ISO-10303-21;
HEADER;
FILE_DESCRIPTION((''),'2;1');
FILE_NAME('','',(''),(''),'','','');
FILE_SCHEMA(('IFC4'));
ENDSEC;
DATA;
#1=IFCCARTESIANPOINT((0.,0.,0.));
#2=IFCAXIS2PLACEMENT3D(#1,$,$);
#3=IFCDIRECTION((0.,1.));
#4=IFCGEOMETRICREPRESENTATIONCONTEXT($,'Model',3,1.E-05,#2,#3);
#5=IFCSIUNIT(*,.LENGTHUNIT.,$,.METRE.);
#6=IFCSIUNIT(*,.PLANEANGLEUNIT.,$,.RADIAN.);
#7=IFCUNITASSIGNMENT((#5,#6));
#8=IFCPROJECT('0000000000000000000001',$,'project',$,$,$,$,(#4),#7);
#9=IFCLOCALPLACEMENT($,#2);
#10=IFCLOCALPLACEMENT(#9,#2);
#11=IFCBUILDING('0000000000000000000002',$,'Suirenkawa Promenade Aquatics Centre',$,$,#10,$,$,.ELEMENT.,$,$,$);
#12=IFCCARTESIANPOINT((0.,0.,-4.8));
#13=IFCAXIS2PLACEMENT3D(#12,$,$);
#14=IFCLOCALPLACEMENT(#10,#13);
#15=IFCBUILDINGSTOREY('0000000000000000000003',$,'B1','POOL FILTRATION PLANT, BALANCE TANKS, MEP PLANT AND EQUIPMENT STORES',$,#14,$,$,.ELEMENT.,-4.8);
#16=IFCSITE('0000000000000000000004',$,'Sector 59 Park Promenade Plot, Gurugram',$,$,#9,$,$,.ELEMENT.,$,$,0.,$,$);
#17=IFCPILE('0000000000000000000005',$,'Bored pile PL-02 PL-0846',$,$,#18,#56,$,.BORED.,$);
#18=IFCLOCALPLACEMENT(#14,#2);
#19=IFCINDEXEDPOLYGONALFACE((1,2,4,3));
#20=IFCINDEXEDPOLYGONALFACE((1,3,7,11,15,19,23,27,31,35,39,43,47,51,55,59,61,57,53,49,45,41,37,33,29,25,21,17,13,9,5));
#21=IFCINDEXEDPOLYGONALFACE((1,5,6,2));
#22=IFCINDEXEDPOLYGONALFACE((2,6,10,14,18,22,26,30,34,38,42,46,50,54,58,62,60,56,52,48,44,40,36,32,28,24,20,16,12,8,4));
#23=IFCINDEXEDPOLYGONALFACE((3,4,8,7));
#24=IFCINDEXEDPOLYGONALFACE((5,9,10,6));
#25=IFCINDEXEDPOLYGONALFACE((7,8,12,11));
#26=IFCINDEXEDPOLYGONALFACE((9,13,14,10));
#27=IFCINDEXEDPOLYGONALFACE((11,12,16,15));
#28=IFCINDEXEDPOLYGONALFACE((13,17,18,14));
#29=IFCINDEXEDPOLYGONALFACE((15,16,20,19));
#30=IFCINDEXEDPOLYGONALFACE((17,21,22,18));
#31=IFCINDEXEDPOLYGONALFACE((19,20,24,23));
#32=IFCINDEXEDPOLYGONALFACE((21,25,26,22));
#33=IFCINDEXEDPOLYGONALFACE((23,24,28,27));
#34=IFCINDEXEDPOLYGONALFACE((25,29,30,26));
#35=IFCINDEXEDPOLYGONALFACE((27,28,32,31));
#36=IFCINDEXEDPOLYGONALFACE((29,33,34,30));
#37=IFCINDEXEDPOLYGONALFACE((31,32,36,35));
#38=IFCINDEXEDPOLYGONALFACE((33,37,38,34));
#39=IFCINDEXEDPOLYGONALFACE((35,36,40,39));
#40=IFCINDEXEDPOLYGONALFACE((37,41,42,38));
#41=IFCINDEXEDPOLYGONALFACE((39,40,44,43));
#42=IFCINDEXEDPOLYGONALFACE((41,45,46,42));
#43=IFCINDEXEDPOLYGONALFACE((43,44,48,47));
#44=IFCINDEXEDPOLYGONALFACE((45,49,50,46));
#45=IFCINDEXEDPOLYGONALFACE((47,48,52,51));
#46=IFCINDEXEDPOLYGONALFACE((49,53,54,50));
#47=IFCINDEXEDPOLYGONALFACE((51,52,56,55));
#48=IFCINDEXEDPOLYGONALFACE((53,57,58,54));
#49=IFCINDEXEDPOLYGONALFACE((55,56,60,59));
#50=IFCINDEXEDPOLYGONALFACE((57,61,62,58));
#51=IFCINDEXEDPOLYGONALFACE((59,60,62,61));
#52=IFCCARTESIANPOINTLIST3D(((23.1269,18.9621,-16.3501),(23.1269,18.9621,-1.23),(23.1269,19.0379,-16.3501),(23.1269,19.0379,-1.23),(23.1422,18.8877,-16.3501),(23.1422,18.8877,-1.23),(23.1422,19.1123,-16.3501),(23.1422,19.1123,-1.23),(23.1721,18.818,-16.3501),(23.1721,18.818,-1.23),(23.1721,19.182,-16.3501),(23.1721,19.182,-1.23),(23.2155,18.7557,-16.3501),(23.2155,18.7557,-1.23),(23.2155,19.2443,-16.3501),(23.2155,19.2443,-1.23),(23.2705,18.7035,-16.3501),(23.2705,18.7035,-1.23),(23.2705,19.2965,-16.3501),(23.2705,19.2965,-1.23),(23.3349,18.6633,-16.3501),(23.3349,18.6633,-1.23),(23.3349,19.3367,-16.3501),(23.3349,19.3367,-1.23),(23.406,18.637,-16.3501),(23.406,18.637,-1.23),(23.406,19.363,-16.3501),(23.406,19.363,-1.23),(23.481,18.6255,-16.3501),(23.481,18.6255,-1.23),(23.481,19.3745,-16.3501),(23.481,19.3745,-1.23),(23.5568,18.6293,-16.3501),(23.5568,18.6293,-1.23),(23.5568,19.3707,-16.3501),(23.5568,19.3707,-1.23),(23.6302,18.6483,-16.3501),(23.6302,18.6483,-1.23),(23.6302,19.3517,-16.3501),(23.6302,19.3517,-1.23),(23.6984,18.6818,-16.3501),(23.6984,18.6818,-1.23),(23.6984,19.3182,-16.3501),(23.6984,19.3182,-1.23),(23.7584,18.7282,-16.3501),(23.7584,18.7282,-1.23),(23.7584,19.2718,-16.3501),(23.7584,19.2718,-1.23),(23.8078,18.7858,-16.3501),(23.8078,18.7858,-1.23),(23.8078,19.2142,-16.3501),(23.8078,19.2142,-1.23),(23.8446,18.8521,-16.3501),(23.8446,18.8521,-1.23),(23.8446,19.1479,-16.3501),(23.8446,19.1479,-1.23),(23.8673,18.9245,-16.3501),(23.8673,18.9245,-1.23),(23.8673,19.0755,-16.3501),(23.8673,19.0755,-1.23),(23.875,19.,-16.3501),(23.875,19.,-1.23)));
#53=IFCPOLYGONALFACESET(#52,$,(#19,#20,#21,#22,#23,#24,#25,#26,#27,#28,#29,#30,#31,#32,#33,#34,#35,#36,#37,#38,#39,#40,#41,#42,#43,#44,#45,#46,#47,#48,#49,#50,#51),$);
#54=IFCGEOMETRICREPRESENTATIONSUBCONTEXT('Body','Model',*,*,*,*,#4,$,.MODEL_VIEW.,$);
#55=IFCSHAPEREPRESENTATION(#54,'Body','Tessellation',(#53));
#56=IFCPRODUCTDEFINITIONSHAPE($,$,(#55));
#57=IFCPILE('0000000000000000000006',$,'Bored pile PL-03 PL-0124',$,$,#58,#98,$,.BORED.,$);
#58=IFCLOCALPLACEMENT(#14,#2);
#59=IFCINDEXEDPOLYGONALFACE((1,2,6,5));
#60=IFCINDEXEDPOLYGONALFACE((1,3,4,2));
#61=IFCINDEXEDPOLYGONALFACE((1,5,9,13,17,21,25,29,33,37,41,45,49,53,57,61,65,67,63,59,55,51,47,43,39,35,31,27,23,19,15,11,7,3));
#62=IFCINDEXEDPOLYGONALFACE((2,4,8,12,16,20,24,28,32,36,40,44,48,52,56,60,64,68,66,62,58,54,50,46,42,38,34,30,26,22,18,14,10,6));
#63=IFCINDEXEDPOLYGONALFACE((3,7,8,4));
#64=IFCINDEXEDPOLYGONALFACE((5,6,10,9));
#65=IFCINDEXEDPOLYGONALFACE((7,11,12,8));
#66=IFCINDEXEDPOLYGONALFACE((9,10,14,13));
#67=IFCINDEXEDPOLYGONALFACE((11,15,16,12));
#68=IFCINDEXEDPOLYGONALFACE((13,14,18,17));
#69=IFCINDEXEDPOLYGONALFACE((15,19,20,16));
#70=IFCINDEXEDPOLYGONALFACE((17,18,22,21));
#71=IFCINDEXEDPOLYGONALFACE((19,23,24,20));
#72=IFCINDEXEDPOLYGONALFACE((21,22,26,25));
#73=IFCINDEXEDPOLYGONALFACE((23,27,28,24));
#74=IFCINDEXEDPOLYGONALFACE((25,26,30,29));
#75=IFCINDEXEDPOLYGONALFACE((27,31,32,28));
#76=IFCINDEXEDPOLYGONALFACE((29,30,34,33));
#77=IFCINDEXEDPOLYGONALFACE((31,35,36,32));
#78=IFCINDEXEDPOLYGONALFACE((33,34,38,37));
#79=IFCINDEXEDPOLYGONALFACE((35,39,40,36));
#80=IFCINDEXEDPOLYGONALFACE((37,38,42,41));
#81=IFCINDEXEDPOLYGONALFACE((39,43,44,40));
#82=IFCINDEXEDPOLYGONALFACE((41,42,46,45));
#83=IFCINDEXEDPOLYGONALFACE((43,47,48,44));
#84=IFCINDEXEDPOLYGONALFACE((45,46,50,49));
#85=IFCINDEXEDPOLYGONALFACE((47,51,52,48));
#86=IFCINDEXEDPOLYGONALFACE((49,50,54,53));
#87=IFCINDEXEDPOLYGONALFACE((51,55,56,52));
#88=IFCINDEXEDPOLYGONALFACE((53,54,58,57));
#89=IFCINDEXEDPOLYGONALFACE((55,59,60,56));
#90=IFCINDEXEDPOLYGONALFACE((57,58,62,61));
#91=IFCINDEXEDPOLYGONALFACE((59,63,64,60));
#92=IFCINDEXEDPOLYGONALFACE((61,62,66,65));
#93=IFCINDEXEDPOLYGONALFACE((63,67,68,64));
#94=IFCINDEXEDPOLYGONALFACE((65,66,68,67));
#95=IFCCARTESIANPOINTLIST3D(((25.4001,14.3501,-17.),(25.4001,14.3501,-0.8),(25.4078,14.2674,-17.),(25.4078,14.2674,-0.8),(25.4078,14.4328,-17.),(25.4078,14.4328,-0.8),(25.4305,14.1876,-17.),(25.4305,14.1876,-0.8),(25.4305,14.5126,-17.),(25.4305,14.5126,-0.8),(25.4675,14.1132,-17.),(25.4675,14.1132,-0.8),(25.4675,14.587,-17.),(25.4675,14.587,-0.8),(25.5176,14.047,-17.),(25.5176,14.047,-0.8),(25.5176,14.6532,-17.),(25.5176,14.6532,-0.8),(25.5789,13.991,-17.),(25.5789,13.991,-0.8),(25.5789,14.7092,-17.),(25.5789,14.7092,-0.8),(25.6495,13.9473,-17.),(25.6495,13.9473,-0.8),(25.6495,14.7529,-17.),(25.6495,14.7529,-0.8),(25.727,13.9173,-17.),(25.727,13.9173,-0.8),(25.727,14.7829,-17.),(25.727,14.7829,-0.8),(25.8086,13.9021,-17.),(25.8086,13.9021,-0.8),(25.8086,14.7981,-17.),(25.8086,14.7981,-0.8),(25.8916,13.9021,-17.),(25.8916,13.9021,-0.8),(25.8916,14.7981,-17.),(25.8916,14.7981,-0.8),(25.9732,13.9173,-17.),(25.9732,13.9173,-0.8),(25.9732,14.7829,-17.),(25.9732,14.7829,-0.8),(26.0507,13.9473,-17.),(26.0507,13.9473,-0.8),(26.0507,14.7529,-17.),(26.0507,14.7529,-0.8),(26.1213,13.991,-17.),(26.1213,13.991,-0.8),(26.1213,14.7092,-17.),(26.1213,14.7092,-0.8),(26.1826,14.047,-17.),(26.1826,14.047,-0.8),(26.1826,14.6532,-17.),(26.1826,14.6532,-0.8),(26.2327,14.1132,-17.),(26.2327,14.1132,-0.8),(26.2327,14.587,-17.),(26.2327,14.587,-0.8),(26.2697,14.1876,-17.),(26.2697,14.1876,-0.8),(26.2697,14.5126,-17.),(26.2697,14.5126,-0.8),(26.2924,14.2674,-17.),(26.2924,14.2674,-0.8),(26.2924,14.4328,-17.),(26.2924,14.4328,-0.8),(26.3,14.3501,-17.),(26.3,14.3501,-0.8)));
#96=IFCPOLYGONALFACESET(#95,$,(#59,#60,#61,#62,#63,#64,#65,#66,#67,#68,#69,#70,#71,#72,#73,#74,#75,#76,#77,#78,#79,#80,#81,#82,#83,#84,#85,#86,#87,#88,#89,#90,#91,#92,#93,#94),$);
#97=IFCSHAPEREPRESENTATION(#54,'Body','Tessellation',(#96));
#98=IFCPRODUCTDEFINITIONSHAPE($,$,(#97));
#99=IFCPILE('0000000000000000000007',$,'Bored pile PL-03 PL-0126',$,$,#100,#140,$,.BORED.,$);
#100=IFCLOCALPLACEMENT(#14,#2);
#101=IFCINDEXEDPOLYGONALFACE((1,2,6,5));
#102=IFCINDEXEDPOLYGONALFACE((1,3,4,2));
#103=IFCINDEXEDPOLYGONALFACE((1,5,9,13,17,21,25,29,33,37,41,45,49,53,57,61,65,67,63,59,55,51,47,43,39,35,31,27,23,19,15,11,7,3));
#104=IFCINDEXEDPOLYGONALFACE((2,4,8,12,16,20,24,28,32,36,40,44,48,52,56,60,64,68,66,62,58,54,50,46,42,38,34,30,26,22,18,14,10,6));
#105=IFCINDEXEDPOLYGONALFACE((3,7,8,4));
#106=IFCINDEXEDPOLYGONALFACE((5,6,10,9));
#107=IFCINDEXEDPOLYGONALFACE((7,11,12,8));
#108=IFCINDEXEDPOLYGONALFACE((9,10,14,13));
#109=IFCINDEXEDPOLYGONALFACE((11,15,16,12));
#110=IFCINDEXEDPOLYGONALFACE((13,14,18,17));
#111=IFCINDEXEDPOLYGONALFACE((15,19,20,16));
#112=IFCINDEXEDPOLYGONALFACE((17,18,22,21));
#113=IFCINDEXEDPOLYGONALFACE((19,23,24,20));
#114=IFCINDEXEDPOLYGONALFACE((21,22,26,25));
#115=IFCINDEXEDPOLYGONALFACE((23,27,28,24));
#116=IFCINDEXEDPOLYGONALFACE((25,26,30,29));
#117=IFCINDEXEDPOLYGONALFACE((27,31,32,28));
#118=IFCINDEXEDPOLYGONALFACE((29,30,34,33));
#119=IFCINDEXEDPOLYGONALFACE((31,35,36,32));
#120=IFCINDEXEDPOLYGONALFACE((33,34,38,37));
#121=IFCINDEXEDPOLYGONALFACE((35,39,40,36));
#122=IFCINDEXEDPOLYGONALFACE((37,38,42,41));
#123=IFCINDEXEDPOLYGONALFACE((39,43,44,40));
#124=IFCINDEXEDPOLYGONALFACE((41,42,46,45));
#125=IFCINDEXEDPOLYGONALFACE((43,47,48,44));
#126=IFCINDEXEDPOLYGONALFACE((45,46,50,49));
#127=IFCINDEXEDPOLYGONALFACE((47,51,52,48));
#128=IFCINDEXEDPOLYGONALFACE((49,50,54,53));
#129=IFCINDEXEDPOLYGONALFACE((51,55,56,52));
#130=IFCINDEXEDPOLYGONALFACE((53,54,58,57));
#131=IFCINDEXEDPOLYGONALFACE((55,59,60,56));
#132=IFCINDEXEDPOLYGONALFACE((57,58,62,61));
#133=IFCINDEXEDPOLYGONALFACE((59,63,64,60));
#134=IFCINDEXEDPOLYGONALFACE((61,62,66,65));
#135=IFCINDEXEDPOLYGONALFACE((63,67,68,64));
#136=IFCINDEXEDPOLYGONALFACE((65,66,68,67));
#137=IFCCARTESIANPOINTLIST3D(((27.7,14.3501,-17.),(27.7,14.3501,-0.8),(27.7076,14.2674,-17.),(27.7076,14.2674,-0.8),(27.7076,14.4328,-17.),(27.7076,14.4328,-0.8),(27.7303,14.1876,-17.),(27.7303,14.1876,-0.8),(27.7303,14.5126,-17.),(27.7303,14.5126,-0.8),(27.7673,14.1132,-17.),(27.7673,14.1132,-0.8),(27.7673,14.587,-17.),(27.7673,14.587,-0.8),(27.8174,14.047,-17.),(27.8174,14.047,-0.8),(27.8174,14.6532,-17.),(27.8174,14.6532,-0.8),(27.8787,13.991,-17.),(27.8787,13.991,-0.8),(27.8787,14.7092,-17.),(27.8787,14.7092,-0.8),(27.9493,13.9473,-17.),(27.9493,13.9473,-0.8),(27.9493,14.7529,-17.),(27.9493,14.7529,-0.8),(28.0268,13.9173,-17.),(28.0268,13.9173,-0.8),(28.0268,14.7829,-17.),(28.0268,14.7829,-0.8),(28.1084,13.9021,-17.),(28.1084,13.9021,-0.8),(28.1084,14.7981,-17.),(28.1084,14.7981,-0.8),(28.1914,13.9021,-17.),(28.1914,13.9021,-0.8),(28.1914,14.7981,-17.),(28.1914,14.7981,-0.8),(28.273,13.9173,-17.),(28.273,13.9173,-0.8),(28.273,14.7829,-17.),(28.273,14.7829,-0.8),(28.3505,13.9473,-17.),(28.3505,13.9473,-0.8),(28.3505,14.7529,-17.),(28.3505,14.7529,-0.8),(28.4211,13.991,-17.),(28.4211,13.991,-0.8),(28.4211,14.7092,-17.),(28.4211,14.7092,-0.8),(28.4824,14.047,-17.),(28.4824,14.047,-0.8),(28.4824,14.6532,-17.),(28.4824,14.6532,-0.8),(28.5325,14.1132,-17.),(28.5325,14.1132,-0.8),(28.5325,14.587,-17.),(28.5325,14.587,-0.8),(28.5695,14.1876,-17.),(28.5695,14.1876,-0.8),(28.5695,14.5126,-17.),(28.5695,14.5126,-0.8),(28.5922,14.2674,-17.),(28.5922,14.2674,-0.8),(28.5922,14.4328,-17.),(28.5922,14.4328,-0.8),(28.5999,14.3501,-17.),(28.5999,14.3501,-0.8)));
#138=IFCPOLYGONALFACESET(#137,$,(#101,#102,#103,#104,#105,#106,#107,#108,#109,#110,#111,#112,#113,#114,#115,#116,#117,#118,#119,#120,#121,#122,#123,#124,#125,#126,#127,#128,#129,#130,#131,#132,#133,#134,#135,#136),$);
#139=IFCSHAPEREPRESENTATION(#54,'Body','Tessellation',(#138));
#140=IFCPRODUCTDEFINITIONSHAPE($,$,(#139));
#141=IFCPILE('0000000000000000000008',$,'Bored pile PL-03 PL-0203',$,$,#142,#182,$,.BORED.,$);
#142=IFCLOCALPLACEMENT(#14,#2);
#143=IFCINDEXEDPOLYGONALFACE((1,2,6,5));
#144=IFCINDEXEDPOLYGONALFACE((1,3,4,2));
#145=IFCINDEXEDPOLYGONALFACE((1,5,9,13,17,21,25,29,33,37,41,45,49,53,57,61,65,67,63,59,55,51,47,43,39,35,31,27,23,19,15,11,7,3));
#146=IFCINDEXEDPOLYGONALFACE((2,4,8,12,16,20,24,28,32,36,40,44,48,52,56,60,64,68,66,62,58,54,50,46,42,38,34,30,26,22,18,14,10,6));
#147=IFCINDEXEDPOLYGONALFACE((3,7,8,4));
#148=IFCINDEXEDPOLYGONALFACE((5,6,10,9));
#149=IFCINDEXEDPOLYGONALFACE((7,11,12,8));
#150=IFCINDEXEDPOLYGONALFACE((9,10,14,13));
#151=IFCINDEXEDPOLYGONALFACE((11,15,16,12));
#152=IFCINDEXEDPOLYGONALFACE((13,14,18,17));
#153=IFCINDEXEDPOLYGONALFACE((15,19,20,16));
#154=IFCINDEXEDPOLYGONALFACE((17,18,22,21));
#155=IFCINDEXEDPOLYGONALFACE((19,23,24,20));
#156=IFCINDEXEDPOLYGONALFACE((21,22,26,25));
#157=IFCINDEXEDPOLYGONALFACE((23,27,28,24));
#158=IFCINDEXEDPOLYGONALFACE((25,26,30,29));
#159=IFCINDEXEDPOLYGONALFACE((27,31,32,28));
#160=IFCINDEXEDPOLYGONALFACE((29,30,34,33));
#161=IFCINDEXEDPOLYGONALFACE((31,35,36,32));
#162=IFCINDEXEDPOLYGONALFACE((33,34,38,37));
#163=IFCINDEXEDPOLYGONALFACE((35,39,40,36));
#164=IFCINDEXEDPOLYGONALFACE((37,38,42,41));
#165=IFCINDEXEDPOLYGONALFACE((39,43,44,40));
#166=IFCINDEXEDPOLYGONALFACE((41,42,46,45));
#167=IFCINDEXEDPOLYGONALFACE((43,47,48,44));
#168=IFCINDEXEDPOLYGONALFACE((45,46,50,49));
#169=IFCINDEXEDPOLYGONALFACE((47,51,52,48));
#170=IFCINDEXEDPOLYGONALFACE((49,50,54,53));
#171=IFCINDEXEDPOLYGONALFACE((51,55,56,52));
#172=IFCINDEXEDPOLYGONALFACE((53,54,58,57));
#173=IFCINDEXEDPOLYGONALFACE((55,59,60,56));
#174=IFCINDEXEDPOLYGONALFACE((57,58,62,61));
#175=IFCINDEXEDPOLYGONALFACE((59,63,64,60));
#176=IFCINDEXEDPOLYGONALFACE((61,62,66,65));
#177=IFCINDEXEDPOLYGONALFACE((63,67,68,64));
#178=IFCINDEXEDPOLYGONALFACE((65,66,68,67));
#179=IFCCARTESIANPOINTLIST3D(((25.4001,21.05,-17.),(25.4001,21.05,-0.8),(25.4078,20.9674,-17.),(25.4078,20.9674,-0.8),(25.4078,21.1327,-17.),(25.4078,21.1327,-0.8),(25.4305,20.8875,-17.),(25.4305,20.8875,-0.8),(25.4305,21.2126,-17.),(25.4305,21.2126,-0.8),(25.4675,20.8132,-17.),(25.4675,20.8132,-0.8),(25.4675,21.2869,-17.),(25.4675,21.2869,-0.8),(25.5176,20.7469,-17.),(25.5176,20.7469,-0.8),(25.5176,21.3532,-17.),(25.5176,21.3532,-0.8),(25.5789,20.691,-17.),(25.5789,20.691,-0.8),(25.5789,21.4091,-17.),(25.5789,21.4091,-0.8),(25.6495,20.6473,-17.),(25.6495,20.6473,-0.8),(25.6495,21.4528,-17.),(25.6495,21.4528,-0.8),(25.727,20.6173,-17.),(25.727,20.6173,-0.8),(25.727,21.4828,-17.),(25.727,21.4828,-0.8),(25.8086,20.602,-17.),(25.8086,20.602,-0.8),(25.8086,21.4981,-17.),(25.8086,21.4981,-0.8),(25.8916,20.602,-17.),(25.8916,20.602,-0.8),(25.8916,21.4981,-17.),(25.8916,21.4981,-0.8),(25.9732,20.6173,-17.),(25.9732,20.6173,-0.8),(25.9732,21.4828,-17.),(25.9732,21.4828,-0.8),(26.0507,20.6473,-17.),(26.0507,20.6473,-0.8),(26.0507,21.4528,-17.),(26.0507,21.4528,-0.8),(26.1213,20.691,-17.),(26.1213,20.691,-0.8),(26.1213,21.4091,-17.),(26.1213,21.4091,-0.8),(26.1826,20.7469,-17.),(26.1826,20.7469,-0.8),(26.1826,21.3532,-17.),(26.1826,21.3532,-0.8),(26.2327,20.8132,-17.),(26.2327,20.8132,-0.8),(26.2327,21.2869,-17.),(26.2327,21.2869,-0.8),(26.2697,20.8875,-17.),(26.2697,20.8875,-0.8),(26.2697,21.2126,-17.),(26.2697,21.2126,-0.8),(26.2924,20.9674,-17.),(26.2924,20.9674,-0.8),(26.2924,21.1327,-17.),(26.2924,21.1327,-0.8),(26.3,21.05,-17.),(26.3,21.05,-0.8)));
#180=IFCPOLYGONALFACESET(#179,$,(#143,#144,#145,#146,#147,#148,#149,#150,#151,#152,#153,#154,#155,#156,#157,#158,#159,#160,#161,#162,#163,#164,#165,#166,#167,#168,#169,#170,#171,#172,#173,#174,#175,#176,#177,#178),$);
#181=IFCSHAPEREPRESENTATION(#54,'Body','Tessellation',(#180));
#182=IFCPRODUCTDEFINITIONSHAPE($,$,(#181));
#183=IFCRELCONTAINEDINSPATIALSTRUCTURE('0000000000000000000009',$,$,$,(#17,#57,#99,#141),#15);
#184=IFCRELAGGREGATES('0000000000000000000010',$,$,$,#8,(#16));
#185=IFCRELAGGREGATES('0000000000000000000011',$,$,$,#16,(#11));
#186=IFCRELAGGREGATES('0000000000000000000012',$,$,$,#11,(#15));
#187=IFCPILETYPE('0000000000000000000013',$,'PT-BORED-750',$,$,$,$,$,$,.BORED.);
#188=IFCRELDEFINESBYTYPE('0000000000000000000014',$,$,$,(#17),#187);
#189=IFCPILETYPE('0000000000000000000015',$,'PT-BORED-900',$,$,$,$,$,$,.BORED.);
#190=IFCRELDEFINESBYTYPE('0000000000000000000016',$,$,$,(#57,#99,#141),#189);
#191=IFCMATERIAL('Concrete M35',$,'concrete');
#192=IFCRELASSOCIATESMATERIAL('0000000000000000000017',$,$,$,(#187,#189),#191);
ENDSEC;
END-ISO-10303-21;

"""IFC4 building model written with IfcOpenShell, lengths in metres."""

from ifc_helpers import new_model, si_unit, direction, frame, origin, origin_2d, place, context, subcontext, project, spatial, circle, extrude, material, material_profile, profile_set, type_object, element, save


model = new_model("IFC4")

# Units and contexts
model_context = context("Model", 3, precision=1e-05, world=origin(), true_north=direction((0.0, 1.0)))
body_context = subcontext(model_context, "Body", "Model", "MODEL_VIEW")
ifc_project = project(units=[si_unit("LENGTHUNIT", "METRE"), si_unit("PLANEANGLEUNIT", "RADIAN")], contexts=[model_context])

# Site, building, storey
site_placement = place(None, origin())
site = spatial("IfcSite", under=ifc_project, at=site_placement, Name="Sector 59 Park Promenade Plot, Gurugram", CompositionType="ELEMENT", RefElevation=0.0)
building_placement = place(site_placement, origin())
building = spatial("IfcBuilding", under=site, at=building_placement, Name="Suirenkawa Promenade Aquatics Centre", CompositionType="ELEMENT")
storey_placement = place(building_placement, frame((0.0, 0.0, -4.8)))
storey = spatial("IfcBuildingStorey", under=building, at=storey_placement, Name="B1", Description="POOL FILTRATION PLANT, BALANCE TANKS, MEP PLANT AND EQUIPMENT STORES", CompositionType="ELEMENT", Elevation=-4.8)

# Shared definitions
ifc_material_1 = material(Name="Concrete M35", Category="concrete")

# Piles
ifc_material_profile_1 = material_profile(ifc_material_1, circle(Radius=0.375, at=origin_2d()), Name="PILE D750", Category="concrete")
ifc_profile_set_1 = profile_set([ifc_material_profile_1], Name="Concrete M35")
pile_type_1 = type_object("IfcPileType", Name="PT-BORED-750", PredefinedType="BORED", material=ifc_profile_set_1)
for number, where, z_axis, x_axis, name in (
    (1, (23.5, 19.0, -1.23), (0.0, 0.0, -1.0), (1.0, 0.0, 0.0), "Bored pile PL-02 PL-0846"),
):
    element("IfcPile", number, at=place(storey_placement, frame(where, z_axis=z_axis, x_axis=x_axis)), inside=storey, type_object=pile_type_1, Name=name, PredefinedType="BORED", context=body_context, shape_type="SweptSolid", body=[
        extrude(circle(Radius=0.375, at=origin_2d()), origin(), (0.0, 0.0, 1.0), 15.1201),
    ])
ifc_material_profile_2 = material_profile(ifc_material_1, circle(Radius=0.45, at=origin_2d()), Name="PILE D900", Category="concrete")
ifc_profile_set_2 = profile_set([ifc_material_profile_2], Name="Concrete M35")
pile_type_2 = type_object("IfcPileType", Name="PT-BORED-900", PredefinedType="BORED", material=ifc_profile_set_2)
for number, where, z_axis, x_axis, name in (
    (2, (25.8501, 14.3501, -0.8), (0.0, 0.0, -1.0), (1.0, 0.0, 0.0), "Bored pile PL-03 PL-0124"),
    (3, (28.1499, 14.3501, -0.8), (0.0, 0.0, -1.0), (1.0, 0.0, 0.0), "Bored pile PL-03 PL-0126"),
    (4, (25.8501, 21.05, -0.8), (0.0, 0.0, -1.0), (1.0, 0.0, 0.0), "Bored pile PL-03 PL-0203"),
):
    element("IfcPile", number, at=place(storey_placement, frame(where, z_axis=z_axis, x_axis=x_axis)), inside=storey, type_object=pile_type_2, Name=name, PredefinedType="BORED", context=body_context, shape_type="SweptSolid", body=[
        extrude(circle(Radius=0.45, at=origin_2d()), origin(), (0.0, 0.0, 1.0), 16.2),
    ])

save(model, "model.ifc")
